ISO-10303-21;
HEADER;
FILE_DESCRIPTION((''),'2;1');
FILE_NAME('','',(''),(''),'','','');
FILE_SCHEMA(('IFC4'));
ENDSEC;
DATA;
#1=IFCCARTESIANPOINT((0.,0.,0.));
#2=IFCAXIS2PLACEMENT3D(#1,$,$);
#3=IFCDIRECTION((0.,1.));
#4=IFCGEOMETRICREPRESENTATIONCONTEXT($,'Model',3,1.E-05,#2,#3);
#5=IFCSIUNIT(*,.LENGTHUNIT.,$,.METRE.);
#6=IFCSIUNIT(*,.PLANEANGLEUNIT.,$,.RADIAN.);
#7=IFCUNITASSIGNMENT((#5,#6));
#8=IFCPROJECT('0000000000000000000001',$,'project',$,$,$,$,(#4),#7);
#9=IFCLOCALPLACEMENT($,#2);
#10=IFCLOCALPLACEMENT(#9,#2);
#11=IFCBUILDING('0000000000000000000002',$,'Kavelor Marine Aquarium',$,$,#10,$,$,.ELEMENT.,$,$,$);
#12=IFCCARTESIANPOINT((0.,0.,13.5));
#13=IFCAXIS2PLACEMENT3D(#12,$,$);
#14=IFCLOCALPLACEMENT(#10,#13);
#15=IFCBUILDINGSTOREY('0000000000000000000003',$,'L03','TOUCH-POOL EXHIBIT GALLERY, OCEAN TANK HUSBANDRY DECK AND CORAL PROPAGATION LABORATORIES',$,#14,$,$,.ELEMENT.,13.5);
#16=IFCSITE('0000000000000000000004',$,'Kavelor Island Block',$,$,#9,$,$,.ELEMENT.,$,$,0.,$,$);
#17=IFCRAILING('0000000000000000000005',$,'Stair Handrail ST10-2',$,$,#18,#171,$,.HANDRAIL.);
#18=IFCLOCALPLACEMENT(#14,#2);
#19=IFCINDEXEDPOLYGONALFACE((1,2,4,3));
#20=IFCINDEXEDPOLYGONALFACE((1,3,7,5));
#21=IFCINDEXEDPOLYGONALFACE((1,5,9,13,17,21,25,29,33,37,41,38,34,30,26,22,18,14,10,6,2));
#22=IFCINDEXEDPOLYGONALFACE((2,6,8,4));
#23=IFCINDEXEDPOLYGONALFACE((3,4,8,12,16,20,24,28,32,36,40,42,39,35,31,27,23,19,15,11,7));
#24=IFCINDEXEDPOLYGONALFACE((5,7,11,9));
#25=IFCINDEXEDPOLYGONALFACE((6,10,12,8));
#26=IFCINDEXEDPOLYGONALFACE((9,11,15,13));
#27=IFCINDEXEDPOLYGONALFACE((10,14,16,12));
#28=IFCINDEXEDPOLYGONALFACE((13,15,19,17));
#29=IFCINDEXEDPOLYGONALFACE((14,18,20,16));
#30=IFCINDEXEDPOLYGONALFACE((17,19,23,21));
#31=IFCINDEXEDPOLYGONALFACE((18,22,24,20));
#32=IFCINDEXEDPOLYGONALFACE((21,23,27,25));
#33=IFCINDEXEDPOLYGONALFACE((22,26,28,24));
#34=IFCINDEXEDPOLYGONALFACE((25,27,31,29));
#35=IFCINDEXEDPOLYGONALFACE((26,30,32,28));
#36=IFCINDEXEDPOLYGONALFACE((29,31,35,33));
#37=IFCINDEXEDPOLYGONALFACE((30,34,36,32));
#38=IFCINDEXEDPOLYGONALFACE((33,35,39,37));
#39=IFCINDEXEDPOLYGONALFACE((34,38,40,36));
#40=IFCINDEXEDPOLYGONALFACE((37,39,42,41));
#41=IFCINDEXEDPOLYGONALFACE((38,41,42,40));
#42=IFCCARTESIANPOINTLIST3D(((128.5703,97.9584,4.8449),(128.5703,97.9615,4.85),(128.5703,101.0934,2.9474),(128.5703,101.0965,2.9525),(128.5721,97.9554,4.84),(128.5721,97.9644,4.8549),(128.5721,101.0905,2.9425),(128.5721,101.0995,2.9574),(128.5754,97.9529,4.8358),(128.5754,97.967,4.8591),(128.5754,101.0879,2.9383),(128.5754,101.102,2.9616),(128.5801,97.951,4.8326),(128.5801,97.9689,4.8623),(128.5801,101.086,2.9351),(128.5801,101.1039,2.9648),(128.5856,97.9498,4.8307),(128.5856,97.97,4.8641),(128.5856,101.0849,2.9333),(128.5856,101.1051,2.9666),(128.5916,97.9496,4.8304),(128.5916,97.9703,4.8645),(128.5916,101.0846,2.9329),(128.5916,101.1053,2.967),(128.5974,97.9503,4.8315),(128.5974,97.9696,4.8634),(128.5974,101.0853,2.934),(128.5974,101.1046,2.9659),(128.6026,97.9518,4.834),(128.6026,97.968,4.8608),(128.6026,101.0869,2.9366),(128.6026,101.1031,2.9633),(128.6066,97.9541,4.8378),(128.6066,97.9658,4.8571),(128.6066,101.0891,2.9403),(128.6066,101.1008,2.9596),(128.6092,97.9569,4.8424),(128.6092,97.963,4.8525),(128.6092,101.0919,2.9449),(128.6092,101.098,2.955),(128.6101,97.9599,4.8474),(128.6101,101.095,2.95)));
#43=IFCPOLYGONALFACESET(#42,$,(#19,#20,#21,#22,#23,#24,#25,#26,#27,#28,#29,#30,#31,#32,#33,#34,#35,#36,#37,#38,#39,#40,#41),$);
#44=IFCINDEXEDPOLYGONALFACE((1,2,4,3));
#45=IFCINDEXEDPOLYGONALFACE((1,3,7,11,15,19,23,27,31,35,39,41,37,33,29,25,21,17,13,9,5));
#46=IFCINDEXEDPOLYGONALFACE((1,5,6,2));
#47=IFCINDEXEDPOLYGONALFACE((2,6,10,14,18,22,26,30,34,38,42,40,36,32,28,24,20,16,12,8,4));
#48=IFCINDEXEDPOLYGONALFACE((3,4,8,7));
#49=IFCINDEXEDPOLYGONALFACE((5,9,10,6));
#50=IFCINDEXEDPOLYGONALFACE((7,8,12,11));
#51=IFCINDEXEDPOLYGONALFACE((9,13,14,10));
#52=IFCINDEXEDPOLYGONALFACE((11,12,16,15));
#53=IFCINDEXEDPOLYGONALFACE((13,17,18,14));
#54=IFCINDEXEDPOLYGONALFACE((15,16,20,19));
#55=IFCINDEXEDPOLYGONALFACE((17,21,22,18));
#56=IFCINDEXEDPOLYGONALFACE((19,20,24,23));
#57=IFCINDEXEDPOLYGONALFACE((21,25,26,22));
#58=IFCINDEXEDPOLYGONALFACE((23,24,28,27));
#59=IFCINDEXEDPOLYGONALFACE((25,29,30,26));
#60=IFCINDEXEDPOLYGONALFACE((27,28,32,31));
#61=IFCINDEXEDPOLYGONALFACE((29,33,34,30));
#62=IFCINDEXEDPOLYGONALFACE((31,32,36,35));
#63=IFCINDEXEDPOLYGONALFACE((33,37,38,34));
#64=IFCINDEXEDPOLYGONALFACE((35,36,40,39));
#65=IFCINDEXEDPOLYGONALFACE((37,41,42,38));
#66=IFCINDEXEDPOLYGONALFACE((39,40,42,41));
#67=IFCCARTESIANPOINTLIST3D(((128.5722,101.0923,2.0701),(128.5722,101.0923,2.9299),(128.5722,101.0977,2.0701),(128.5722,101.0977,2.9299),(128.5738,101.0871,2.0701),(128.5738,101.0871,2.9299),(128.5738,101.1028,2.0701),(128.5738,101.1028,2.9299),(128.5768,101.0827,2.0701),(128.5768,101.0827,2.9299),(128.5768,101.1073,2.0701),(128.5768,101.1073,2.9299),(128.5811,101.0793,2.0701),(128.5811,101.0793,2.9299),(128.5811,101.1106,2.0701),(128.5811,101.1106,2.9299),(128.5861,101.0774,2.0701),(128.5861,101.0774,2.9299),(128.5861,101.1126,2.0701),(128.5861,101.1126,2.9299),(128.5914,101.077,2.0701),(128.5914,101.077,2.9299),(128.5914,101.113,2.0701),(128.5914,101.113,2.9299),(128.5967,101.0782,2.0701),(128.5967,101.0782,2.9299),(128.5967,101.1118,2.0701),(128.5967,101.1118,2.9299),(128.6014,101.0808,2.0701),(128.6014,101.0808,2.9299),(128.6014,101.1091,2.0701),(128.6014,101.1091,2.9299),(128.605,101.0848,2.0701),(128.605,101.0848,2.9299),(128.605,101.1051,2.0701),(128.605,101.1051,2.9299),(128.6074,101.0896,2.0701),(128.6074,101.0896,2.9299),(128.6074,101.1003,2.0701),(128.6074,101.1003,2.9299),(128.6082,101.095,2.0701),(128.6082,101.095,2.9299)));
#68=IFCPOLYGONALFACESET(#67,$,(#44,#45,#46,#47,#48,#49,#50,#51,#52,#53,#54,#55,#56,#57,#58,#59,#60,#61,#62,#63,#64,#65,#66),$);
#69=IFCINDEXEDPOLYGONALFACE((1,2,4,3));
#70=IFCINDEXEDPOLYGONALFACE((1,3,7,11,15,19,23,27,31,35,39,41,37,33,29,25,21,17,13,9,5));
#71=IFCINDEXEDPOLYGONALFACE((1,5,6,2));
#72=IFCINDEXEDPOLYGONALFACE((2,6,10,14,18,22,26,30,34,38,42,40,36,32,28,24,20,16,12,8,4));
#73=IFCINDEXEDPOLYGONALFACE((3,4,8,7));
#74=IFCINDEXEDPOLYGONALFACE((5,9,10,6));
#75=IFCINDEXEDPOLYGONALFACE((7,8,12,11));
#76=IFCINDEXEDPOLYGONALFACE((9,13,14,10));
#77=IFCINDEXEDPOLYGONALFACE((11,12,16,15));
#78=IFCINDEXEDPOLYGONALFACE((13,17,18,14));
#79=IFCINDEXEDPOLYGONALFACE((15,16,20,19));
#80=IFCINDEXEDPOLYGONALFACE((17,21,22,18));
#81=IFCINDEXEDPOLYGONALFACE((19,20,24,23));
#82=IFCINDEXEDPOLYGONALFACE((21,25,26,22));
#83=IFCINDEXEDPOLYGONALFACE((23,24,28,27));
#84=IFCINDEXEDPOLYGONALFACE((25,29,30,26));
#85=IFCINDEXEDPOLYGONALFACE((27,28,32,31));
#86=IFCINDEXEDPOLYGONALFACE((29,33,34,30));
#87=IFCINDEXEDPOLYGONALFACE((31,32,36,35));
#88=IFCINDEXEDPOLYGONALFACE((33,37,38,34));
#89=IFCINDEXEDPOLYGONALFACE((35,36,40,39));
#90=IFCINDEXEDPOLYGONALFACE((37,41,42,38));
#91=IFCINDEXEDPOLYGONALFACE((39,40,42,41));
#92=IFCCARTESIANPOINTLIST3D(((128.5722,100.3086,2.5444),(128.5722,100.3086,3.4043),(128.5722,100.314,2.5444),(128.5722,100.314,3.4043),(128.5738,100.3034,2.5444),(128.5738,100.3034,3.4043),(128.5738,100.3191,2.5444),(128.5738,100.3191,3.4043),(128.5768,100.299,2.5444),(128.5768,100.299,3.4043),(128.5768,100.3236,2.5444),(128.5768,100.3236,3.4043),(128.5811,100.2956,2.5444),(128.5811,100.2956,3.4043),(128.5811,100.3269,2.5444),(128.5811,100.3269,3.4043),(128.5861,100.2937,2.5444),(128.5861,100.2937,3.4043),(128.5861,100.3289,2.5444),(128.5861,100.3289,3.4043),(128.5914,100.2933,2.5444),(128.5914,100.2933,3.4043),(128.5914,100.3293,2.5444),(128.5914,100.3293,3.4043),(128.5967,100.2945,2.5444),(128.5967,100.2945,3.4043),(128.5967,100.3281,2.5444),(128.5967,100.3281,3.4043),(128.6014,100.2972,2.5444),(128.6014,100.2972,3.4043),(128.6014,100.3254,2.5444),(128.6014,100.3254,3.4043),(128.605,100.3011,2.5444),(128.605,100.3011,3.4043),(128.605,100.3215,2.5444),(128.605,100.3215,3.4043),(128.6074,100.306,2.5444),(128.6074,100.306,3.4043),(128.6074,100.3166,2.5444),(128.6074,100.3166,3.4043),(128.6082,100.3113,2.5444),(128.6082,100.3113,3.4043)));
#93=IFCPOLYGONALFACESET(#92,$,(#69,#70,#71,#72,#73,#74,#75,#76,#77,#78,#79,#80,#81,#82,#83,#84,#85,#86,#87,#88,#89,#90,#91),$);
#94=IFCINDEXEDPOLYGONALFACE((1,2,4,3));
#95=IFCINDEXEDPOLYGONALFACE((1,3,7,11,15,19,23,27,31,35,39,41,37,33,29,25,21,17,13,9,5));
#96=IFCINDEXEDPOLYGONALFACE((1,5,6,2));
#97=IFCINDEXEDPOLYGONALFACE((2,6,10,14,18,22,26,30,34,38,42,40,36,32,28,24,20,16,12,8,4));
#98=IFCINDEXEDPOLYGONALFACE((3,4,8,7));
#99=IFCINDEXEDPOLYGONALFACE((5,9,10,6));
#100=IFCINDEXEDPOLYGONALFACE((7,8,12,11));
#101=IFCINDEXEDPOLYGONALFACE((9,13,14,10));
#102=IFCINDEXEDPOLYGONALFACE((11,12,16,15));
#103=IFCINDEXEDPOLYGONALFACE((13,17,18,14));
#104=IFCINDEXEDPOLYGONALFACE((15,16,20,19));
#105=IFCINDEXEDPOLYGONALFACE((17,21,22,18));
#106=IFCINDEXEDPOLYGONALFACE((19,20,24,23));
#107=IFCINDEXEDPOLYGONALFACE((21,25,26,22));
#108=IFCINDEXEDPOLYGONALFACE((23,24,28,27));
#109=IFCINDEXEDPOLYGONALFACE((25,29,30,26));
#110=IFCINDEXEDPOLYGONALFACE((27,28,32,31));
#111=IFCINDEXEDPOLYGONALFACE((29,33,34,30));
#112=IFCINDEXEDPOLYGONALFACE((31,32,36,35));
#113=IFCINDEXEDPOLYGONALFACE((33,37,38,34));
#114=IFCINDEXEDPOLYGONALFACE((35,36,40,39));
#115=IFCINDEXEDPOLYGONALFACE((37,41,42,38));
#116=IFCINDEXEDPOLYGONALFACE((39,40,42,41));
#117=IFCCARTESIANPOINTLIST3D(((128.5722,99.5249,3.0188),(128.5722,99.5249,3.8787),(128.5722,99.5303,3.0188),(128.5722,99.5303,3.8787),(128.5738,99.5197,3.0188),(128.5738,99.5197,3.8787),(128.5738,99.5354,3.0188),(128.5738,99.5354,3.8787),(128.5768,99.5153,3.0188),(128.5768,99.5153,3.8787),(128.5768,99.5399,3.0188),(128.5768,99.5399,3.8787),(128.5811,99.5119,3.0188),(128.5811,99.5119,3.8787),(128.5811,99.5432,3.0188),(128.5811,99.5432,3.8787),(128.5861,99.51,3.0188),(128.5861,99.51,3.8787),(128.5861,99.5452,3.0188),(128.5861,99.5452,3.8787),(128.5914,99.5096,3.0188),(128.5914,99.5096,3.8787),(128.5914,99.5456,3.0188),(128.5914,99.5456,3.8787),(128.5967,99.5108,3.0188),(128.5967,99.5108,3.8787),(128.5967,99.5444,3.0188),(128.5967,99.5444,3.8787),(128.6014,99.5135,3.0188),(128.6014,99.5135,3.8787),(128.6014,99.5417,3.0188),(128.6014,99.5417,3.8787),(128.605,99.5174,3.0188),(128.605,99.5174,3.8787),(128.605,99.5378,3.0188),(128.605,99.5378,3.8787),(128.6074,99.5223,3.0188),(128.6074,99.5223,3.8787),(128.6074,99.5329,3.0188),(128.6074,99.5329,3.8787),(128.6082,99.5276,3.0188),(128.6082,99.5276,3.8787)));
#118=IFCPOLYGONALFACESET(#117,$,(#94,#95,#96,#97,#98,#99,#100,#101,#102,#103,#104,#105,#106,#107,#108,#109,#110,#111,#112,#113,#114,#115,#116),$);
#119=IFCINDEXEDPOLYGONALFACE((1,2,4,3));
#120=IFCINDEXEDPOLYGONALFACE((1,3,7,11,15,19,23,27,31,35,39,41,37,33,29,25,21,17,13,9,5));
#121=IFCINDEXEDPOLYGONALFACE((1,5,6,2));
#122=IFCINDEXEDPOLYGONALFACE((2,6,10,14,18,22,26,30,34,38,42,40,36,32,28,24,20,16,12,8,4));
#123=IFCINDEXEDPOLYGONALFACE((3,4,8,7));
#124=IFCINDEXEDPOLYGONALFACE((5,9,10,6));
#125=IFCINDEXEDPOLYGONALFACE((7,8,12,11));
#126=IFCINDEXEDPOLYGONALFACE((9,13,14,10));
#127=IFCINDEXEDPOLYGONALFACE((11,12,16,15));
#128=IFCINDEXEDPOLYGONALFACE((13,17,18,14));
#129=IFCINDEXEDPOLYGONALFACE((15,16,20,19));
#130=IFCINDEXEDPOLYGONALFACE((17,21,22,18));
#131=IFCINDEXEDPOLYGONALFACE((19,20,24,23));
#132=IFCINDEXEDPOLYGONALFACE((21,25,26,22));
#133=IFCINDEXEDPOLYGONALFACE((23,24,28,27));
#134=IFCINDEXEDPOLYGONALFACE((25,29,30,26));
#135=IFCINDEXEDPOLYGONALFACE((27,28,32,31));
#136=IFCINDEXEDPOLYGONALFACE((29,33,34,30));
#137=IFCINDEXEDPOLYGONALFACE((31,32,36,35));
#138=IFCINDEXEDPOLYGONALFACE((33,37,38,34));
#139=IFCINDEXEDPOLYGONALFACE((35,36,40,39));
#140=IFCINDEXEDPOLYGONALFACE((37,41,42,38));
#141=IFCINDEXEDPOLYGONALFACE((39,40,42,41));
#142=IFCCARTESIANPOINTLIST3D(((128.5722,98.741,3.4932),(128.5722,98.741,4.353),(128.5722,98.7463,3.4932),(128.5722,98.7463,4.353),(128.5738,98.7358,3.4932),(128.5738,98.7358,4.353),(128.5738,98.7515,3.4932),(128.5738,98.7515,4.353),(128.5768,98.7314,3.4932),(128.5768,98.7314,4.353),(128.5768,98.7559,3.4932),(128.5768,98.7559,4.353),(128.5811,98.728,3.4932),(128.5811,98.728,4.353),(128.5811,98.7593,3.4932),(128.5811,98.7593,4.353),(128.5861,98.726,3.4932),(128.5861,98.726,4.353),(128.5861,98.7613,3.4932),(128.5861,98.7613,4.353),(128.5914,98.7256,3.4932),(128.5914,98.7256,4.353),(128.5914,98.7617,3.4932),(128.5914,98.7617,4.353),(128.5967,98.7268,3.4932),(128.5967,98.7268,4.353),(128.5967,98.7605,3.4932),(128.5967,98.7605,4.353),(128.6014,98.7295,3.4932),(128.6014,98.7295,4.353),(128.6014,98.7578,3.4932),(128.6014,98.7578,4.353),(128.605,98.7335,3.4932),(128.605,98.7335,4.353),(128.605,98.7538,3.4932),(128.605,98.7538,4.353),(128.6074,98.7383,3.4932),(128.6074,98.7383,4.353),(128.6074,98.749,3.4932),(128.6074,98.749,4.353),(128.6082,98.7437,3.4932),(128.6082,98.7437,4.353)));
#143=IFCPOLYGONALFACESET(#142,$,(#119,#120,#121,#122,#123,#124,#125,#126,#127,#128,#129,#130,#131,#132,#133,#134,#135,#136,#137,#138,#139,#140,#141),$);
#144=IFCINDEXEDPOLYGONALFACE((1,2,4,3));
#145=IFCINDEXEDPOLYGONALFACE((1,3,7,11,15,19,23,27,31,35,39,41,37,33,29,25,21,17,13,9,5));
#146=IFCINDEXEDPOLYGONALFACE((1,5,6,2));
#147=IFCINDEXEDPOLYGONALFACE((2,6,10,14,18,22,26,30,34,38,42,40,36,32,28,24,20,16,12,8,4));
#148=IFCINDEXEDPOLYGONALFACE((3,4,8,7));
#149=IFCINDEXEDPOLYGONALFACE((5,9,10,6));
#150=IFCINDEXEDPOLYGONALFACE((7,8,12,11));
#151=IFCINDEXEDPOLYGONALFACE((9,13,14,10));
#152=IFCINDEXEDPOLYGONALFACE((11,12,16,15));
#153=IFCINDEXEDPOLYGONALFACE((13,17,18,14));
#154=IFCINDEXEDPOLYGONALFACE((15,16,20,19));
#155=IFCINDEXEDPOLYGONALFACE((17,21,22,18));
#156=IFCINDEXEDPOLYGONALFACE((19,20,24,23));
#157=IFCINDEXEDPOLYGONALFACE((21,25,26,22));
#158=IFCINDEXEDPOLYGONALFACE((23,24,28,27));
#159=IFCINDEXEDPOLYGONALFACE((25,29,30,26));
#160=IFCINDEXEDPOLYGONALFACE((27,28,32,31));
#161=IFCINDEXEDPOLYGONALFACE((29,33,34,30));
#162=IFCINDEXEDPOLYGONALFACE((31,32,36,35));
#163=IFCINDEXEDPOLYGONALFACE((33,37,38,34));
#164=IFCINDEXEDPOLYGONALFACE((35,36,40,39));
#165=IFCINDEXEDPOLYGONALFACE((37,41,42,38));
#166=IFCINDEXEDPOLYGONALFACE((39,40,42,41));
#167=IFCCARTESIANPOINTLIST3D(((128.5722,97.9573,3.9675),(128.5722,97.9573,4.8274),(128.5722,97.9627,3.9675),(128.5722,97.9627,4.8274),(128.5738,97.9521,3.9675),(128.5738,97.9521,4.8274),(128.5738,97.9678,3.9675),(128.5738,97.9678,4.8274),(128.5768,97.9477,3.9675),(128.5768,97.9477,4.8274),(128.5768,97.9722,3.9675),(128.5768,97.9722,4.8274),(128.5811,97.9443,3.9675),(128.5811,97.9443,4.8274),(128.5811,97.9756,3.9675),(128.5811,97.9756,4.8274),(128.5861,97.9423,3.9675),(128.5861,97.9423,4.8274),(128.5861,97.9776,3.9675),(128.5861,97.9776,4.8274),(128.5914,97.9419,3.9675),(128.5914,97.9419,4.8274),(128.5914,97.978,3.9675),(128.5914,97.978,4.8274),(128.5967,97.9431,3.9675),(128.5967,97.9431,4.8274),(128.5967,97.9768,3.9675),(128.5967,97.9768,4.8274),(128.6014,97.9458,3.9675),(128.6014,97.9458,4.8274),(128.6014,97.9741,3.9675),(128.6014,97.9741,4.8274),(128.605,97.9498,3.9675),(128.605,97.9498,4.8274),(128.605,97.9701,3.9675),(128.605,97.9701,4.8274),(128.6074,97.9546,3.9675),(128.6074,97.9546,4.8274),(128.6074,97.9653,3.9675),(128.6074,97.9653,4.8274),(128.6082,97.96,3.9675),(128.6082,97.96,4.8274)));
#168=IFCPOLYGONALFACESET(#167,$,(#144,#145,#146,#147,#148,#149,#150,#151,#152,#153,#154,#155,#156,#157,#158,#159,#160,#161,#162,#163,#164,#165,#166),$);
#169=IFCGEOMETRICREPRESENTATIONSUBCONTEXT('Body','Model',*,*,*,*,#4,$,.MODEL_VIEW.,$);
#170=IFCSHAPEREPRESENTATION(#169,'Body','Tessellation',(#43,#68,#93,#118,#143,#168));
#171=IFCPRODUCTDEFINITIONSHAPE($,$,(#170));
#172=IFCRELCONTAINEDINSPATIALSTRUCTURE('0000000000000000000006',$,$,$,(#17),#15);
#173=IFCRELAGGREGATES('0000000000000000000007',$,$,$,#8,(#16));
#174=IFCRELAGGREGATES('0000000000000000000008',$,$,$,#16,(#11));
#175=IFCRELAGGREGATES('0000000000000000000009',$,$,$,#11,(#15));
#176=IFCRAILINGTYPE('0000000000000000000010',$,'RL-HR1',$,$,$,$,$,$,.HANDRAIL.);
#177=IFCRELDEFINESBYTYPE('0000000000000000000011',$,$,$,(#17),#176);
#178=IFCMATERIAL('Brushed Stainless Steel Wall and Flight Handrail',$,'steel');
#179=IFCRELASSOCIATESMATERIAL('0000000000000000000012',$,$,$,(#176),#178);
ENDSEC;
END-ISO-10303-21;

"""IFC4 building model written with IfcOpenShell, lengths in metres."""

from ifc_helpers import new_model, si_unit, direction, frame, origin, origin_2d, place, context, subcontext, project, spatial, circle, extrude, material, type_object, element, save


model = new_model("IFC4")

# Units and contexts
model_context = context("Model", 3, precision=1e-05, world=origin(), true_north=direction((0.0, 1.0)))
body_context = subcontext(model_context, "Body", "Model", "MODEL_VIEW")
ifc_project = project(units=[si_unit("LENGTHUNIT", "METRE"), si_unit("PLANEANGLEUNIT", "RADIAN")], contexts=[model_context])

# Site, building, storey
site_placement = place(None, origin())
site = spatial("IfcSite", under=ifc_project, at=site_placement, Name="Kavelor Island Block", CompositionType="ELEMENT", RefElevation=0.0)
building_placement = place(site_placement, origin())
building = spatial("IfcBuilding", under=site, at=building_placement, Name="Kavelor Marine Aquarium", CompositionType="ELEMENT")
storey_placement = place(building_placement, frame((0.0, 0.0, 13.5)))
storey = spatial("IfcBuildingStorey", under=building, at=storey_placement, Name="L03", Description="TOUCH-POOL EXHIBIT GALLERY, OCEAN TANK HUSBANDRY DECK AND CORAL PROPAGATION LABORATORIES", CompositionType="ELEMENT", Elevation=13.5)

# Railing
ifc_material_1 = material(Name="Brushed Stainless Steel Wall and Flight Handrail", Category="steel")
railing_type = type_object("IfcRailingType", Name="RL-HR1", PredefinedType="HANDRAIL", material=ifc_material_1)
railing_placement = place(storey_placement, frame((128.5901, 101.095, 2.0701)))
element("IfcRailing", 1, at=railing_placement, inside=storey, type_object=railing_type, Name="Stair Handrail ST10-2", PredefinedType="HANDRAIL", context=body_context, shape_type="SweptSolid", body=[
    extrude(circle(Radius=0.02, at=origin_2d()), frame((0.0, 0.0, 0.8799), z_axis=(0.0, -0.855506, 0.517794), x_axis=(1.0, 0.0, 0.0)), (0.0, 0.0, 1.0), 3.6646),
    extrude(circle(Radius=0.0181, at=origin_2d()), origin(), (0.0, 0.0, 1.0), 0.8599),
    extrude(circle(Radius=0.0181, at=origin_2d()), frame((0.0, -0.7837, 0.4744)), (0.0, 0.0, 1.0), 0.8599),
    extrude(circle(Radius=0.0181, at=origin_2d()), frame((0.0, -1.5674, 0.9487)), (0.0, 0.0, 1.0), 0.8599),
    extrude(circle(Radius=0.0181, at=origin_2d()), frame((0.0, -2.3513, 1.4231)), (0.0, 0.0, 1.0), 0.8599),
    extrude(circle(Radius=0.0181, at=origin_2d()), frame((0.0, -3.135, 1.8975)), (0.0, 0.0, 1.0), 0.8599),
])

save(model, "model.ifc")
